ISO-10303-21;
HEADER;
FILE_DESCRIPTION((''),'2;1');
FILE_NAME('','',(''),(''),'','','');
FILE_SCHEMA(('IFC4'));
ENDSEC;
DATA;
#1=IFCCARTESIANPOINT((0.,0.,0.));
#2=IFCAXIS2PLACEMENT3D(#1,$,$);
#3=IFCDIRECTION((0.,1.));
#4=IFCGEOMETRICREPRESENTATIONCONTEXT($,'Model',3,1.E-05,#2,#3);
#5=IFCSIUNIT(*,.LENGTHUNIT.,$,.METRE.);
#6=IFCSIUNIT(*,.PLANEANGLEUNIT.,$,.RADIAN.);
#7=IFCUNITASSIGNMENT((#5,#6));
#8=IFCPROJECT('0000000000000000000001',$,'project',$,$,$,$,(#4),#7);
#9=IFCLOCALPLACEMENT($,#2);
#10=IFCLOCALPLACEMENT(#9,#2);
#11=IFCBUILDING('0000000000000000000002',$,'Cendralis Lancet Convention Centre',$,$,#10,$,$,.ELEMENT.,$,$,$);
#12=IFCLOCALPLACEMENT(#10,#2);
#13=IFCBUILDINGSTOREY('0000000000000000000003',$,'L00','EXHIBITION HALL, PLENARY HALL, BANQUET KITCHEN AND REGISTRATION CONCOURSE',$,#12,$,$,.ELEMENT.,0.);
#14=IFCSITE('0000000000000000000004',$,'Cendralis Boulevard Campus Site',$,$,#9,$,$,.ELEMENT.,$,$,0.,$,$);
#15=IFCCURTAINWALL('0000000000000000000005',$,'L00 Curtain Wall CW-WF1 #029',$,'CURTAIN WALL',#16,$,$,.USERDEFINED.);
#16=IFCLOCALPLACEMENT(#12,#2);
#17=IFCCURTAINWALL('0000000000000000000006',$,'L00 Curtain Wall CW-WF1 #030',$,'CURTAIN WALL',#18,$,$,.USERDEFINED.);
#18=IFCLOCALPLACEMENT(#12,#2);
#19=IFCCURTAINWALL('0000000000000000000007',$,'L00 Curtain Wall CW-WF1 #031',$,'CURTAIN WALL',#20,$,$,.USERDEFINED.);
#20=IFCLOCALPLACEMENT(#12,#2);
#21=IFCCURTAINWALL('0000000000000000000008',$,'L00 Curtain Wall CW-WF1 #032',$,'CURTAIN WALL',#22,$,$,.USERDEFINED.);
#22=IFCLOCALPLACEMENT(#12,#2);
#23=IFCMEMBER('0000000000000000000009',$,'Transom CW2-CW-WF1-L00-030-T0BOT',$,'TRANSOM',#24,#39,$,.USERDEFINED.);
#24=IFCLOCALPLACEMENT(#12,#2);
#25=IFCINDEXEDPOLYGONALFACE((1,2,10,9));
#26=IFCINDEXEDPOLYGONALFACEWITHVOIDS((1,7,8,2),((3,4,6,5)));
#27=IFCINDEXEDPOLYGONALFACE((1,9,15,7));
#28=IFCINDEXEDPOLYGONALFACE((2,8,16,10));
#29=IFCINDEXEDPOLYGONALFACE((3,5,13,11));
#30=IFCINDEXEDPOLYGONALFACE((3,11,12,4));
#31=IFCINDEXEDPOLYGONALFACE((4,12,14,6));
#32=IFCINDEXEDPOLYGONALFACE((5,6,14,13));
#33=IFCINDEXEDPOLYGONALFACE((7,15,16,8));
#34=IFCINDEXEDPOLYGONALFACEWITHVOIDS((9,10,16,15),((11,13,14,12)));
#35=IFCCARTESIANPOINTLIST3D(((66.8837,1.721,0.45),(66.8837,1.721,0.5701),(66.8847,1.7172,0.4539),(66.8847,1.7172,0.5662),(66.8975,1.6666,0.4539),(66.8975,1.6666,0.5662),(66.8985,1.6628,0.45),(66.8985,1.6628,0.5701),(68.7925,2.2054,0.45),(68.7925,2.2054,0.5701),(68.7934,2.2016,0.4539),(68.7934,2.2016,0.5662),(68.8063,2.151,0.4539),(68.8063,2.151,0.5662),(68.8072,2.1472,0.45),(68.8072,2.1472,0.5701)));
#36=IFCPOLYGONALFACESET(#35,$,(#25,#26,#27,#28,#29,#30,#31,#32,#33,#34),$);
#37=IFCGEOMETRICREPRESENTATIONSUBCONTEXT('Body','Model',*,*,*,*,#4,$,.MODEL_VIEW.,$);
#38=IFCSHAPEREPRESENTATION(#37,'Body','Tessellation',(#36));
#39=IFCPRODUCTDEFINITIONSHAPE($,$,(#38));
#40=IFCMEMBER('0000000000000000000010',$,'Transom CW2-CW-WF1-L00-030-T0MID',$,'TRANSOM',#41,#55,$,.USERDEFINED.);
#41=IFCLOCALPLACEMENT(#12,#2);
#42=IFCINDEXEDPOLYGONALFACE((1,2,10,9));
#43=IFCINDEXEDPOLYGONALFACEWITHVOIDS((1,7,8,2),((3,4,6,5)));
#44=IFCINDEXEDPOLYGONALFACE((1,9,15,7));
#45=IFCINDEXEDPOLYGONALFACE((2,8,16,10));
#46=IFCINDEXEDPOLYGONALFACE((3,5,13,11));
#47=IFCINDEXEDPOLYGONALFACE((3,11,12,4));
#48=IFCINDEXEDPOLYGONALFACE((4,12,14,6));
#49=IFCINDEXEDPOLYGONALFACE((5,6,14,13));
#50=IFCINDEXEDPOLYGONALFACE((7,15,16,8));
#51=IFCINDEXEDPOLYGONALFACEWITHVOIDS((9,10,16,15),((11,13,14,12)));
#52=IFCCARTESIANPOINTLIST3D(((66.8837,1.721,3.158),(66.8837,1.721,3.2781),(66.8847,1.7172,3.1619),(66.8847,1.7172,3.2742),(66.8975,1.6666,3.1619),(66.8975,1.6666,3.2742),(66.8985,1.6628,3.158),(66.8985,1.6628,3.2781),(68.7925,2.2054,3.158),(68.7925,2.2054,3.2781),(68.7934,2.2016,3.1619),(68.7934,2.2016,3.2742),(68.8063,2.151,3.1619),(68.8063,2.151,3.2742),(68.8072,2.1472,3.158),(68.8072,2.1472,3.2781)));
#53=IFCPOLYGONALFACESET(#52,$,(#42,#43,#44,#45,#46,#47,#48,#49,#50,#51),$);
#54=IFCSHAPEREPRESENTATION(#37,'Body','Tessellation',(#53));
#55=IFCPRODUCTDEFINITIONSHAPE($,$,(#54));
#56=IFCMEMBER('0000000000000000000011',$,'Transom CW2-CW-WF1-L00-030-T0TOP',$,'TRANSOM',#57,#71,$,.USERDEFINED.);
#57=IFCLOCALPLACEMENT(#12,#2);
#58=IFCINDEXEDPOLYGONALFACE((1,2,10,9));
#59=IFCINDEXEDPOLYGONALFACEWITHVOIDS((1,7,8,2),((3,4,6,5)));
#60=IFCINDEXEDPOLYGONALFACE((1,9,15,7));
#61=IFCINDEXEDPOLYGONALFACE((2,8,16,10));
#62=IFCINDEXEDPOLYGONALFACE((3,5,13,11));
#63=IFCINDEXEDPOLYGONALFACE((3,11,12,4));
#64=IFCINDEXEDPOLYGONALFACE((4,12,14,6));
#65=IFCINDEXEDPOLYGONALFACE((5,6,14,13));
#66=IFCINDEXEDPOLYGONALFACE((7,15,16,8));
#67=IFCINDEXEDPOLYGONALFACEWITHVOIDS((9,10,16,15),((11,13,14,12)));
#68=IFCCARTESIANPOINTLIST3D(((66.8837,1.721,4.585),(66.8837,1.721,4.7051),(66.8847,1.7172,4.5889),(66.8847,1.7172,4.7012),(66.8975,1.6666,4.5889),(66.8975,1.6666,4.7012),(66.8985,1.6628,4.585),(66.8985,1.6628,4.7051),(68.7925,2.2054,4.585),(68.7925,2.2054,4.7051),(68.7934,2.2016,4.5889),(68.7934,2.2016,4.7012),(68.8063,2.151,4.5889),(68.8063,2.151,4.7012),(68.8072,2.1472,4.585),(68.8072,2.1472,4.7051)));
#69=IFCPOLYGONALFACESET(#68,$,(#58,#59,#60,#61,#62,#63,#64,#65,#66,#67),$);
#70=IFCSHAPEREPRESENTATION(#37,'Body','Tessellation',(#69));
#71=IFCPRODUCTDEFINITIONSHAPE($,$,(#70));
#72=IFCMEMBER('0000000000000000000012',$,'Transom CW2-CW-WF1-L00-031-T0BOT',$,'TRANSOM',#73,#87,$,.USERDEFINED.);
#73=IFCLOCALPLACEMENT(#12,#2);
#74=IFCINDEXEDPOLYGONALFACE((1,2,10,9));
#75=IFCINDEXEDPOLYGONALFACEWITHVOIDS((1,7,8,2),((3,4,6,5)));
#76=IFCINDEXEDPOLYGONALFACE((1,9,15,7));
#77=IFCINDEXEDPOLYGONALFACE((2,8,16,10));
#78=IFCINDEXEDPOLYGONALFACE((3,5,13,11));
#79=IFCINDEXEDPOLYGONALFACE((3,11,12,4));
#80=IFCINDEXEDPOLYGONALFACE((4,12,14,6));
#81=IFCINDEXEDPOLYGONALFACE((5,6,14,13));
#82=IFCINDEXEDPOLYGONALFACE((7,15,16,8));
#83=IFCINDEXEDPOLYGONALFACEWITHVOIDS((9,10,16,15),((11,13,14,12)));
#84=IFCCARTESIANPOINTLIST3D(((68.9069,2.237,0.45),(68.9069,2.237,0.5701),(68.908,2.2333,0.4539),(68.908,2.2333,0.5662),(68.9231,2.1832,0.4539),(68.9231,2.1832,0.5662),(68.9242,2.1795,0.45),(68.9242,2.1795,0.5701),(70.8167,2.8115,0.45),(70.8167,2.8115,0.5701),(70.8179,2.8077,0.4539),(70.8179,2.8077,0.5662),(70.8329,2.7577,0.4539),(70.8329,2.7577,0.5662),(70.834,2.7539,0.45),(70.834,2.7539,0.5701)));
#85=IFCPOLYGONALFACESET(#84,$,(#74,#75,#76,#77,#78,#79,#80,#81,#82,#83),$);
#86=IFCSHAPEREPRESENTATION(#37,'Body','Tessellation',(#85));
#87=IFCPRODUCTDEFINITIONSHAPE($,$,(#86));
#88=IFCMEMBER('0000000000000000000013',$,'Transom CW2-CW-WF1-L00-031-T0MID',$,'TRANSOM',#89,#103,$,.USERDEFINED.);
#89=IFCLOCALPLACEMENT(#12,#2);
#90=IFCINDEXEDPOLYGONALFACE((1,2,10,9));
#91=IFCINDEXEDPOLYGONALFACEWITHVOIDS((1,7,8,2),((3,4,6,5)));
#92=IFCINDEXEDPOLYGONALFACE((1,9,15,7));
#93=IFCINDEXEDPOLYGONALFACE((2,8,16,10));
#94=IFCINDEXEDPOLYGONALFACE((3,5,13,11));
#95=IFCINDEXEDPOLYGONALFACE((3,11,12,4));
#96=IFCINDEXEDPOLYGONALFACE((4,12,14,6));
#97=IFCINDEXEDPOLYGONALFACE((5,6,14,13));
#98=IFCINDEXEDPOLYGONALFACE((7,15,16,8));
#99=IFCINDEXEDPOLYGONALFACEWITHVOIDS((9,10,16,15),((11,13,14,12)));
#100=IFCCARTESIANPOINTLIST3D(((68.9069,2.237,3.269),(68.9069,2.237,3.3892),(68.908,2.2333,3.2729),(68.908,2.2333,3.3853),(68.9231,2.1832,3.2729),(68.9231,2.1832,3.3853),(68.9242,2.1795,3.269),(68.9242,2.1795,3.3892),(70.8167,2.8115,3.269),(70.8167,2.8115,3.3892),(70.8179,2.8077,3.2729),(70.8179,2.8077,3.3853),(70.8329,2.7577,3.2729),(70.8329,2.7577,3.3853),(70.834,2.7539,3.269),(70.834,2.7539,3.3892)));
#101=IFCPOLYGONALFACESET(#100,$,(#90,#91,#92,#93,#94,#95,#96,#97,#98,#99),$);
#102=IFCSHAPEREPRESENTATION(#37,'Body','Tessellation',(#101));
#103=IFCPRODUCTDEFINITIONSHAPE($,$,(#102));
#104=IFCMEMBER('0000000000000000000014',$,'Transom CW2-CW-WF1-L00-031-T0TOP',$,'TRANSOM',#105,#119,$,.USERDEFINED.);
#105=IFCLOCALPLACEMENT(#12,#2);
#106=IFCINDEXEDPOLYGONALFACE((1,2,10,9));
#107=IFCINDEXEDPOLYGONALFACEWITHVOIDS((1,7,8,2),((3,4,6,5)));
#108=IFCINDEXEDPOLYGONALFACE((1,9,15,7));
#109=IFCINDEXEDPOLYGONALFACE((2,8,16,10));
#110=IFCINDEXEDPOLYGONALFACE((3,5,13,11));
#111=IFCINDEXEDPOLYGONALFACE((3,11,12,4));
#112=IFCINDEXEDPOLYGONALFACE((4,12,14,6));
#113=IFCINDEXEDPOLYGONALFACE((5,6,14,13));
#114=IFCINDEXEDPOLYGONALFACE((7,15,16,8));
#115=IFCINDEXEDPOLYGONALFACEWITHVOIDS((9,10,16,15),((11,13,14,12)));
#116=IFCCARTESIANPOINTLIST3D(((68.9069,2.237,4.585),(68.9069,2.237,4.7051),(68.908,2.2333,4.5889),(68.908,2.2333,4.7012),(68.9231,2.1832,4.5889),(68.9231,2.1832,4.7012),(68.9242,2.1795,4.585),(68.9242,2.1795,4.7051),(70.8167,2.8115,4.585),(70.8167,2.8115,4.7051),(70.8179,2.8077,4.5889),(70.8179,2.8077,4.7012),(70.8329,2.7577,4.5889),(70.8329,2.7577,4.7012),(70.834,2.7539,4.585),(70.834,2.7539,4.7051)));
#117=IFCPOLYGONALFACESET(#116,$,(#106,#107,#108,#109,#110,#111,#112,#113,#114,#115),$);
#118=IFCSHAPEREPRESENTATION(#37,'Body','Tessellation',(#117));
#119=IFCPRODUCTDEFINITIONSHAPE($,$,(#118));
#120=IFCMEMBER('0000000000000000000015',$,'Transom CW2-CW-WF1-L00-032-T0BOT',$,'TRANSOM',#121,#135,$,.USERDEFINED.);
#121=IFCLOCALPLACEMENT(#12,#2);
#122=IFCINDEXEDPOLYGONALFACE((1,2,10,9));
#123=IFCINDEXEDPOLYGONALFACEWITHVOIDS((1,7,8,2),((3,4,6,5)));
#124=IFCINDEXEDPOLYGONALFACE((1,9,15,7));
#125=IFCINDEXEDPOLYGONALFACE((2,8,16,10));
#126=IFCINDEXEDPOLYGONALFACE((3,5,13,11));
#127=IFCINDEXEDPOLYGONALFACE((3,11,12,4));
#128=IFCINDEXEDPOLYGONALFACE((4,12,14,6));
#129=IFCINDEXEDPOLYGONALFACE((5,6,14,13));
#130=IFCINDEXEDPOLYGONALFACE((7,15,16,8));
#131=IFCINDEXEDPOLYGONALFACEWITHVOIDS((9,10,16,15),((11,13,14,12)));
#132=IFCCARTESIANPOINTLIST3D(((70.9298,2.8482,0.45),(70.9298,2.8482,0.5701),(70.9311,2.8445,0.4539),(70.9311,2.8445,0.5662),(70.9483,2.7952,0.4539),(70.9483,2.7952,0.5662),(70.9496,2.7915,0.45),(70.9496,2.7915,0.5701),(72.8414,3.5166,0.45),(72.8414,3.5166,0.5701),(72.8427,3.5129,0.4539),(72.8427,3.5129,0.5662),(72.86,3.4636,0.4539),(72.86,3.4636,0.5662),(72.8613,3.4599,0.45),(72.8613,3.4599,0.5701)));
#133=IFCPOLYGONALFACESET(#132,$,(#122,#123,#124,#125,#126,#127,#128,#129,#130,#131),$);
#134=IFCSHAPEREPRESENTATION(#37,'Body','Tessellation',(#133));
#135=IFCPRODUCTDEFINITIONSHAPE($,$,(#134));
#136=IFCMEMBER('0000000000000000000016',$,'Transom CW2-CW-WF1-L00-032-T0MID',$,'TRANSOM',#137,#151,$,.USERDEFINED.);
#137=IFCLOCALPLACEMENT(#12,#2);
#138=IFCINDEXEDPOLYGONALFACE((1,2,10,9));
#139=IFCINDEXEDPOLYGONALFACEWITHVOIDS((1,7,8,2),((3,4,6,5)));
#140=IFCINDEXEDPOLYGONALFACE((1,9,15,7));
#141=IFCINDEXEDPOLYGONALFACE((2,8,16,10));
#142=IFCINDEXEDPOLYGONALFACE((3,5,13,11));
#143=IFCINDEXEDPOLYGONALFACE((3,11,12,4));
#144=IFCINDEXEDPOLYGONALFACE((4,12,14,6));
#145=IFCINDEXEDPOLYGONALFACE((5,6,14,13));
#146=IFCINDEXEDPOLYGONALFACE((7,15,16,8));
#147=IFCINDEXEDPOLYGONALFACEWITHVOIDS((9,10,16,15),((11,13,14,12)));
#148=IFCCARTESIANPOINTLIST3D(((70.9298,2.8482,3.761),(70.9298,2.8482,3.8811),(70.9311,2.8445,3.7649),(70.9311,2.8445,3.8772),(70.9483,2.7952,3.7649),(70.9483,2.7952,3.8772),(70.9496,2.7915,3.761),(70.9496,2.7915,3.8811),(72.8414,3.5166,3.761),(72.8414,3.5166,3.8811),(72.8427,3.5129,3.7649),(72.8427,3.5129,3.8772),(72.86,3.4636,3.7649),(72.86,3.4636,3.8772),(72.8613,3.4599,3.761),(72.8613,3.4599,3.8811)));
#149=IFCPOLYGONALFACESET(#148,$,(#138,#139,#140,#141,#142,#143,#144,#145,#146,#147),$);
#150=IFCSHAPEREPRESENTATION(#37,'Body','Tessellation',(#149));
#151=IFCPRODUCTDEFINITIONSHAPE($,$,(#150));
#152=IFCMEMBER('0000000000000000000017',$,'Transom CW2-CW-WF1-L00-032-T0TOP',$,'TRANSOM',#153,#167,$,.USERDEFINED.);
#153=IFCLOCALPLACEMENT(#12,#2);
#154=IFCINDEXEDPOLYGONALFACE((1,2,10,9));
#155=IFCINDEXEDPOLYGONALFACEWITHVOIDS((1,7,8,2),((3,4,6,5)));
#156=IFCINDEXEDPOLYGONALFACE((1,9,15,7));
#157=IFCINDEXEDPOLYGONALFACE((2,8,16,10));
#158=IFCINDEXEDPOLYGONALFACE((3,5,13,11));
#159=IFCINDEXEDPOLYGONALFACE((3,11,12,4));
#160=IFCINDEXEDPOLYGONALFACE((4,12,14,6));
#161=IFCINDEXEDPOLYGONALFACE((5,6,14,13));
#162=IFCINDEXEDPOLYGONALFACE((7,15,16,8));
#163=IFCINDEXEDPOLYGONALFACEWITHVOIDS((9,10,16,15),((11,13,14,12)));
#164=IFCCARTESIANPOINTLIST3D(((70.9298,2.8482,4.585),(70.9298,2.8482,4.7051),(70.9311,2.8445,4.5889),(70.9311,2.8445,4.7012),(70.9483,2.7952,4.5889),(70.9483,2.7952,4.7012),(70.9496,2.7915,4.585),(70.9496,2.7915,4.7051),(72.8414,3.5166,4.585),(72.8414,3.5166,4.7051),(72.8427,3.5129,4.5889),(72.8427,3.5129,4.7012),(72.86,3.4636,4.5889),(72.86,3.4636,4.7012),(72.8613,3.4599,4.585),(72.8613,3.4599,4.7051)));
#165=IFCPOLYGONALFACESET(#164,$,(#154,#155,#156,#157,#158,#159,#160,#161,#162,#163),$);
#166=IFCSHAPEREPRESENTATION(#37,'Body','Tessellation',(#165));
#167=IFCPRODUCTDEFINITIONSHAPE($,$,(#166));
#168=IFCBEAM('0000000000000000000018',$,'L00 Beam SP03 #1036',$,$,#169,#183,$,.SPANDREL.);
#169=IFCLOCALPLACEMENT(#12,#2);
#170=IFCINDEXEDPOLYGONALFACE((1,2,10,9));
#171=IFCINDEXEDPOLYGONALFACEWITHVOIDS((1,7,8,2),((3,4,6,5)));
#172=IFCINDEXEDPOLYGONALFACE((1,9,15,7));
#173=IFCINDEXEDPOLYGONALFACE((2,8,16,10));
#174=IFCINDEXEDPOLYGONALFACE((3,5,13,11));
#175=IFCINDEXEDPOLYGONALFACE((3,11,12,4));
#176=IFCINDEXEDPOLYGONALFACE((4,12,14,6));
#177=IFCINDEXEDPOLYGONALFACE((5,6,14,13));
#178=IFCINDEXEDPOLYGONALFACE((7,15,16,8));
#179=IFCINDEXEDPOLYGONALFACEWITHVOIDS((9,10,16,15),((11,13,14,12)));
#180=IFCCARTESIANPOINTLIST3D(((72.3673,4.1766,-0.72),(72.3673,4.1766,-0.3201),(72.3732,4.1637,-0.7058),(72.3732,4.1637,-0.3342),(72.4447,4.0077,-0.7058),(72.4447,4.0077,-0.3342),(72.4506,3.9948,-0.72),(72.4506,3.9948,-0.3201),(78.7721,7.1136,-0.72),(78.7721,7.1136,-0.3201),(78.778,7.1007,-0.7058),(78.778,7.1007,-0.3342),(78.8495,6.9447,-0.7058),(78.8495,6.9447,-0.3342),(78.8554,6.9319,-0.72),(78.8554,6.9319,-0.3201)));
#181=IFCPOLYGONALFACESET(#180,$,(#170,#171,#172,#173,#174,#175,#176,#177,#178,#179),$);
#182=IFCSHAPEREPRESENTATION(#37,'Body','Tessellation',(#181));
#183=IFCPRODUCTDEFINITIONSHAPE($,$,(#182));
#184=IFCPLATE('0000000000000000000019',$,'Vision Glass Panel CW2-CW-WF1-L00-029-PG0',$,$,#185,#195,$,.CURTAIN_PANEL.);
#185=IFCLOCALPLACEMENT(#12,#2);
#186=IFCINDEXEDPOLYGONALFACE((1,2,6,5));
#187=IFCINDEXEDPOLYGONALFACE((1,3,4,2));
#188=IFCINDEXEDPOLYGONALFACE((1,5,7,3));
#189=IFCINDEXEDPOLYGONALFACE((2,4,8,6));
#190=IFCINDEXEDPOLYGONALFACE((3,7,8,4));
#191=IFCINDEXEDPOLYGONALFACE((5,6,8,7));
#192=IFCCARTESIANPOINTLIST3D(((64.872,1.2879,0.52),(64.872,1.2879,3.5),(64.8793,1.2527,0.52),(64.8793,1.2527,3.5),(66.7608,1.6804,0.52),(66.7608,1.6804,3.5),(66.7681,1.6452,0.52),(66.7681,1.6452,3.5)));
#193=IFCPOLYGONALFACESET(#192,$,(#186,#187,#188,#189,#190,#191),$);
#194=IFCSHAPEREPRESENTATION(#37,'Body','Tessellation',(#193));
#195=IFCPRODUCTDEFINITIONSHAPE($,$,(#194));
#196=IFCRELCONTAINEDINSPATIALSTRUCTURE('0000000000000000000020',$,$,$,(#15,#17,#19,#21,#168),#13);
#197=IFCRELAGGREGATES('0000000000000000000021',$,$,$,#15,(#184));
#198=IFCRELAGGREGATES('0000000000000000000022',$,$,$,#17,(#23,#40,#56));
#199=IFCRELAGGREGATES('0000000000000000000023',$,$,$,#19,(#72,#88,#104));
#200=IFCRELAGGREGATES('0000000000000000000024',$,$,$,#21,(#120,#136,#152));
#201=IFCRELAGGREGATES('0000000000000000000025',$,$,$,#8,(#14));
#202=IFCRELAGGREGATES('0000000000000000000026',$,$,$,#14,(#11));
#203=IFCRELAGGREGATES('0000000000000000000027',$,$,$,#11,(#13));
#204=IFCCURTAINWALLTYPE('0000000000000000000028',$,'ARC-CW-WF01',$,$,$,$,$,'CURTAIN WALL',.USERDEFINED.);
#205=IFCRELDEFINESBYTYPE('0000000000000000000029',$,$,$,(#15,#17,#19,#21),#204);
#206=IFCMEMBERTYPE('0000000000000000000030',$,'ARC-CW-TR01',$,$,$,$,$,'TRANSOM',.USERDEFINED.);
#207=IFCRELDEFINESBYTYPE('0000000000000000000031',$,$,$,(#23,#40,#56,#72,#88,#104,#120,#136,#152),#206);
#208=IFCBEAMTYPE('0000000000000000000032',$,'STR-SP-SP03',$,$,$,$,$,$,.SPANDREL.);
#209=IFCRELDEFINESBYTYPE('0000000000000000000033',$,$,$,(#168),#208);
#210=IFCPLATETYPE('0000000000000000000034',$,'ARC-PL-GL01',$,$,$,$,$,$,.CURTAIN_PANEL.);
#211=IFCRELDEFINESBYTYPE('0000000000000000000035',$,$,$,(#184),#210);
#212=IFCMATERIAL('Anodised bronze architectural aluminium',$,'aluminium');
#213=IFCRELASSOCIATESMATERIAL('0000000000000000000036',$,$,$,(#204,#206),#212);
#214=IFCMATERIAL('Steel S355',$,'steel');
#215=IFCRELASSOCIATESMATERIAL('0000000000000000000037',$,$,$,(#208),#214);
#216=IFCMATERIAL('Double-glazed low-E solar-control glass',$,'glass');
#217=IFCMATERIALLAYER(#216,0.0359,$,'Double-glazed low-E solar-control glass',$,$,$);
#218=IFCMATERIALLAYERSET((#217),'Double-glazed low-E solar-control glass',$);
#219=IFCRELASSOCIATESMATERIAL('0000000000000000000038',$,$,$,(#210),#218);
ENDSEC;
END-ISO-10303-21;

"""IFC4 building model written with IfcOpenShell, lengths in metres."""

from ifc_helpers import new_model, si_unit, direction, frame, origin, origin_2d, place, context, subcontext, project, spatial, rectangle, hollow_rectangle, extrude, material, layer, layer_set, material_profile, profile_set, type_object, element, aggregate, save


model = new_model("IFC4")

# Units and contexts
model_context = context("Model", 3, precision=1e-05, world=origin(), true_north=direction((0.0, 1.0)))
body_context = subcontext(model_context, "Body", "Model", "MODEL_VIEW")
ifc_project = project(units=[si_unit("LENGTHUNIT", "METRE"), si_unit("PLANEANGLEUNIT", "RADIAN")], contexts=[model_context])

# Site, building, storey
site_placement = place(None, origin())
site = spatial("IfcSite", under=ifc_project, at=site_placement, Name="Cendralis Boulevard Campus Site", CompositionType="ELEMENT", RefElevation=0.0)
building_placement = place(site_placement, origin())
building = spatial("IfcBuilding", under=site, at=building_placement, Name="Cendralis Lancet Convention Centre", CompositionType="ELEMENT")
storey_placement = place(building_placement, origin())
storey = spatial("IfcBuildingStorey", under=building, at=storey_placement, Name="L00", Description="EXHIBITION HALL, PLENARY HALL, BANQUET KITCHEN AND REGISTRATION CONCOURSE", CompositionType="ELEMENT", Elevation=0.0)

# Curtain wall
ifc_material_1 = material(Name="Anodised bronze architectural aluminium", Category="aluminium")
curtain_wall_type = type_object("IfcCurtainWallType", Name="ARC-CW-WF01", ElementType="CURTAIN WALL", PredefinedType="USERDEFINED", material=ifc_material_1)
curtain_wall_1_placement = place(storey_placement, origin())
curtain_wall_1 = element("IfcCurtainWall", 1, at=curtain_wall_1_placement, inside=storey, type_object=curtain_wall_type, Name="L00 Curtain Wall CW-WF1 #029", ObjectType="CURTAIN WALL", PredefinedType="USERDEFINED")

# Curtain walls
curtain_wall_2_placement = place(storey_placement, origin())
curtain_wall_2 = element("IfcCurtainWall", 2, at=curtain_wall_2_placement, inside=storey, type_object=curtain_wall_type, Name="L00 Curtain Wall CW-WF1 #030", ObjectType="CURTAIN WALL", PredefinedType="USERDEFINED")
curtain_wall_3_placement = place(storey_placement, origin())
curtain_wall_3 = element("IfcCurtainWall", 3, at=curtain_wall_3_placement, inside=storey, type_object=curtain_wall_type, Name="L00 Curtain Wall CW-WF1 #031", ObjectType="CURTAIN WALL", PredefinedType="USERDEFINED")
curtain_wall_4_placement = place(storey_placement, origin())
curtain_wall_4 = element("IfcCurtainWall", 4, at=curtain_wall_4_placement, inside=storey, type_object=curtain_wall_type, Name="L00 Curtain Wall CW-WF1 #032", ObjectType="CURTAIN WALL", PredefinedType="USERDEFINED")

# Members
ifc_material_profile_1 = material_profile(ifc_material_1, hollow_rectangle(XDim=0.0601, YDim=0.1201, WallThickness=0.0039, at=origin_2d()), Name="AL-TRAN 60x120x4.0")
ifc_profile_set_1 = profile_set([ifc_material_profile_1], Name="Anodised bronze architectural aluminium")
member_type_1 = type_object("IfcMemberType", Name="ARC-CW-TR01", ElementType="TRANSOM", PredefinedType="USERDEFINED", material=ifc_profile_set_1)
member_1_placement = place(storey_placement, frame((66.8911, 1.6919, 0.51), z_axis=(0.969276, 0.245976, 0.0), x_axis=(-0.245976, 0.969276, 0.0)))
member_1 = element("IfcMember", 5, at=member_1_placement, type_object=member_type_1, Name="Transom CW2-CW-WF1-L00-030-T0BOT", ObjectType="TRANSOM", PredefinedType="USERDEFINED", context=body_context, shape_type="SweptSolid", body=[
    extrude(hollow_rectangle(XDim=0.0601, YDim=0.1201, WallThickness=0.0039, at=origin_2d()), origin(), (0.0, 0.0, 1.0), 1.9692),
])
member_2_placement = place(storey_placement, frame((66.8911, 1.6919, 3.218), z_axis=(0.969276, 0.245976, 0.0), x_axis=(-0.245976, 0.969276, 0.0)))
member_2 = element("IfcMember", 6, at=member_2_placement, type_object=member_type_1, Name="Transom CW2-CW-WF1-L00-030-T0MID", ObjectType="TRANSOM", PredefinedType="USERDEFINED", context=body_context, shape_type="SweptSolid", body=[
    extrude(hollow_rectangle(XDim=0.0601, YDim=0.1201, WallThickness=0.0039, at=origin_2d()), origin(), (0.0, 0.0, 1.0), 1.9692),
])
member_3_placement = place(storey_placement, frame((66.8911, 1.6919, 4.645), z_axis=(0.969276, 0.245976, 0.0), x_axis=(-0.245976, 0.969276, 0.0)))
member_3 = element("IfcMember", 7, at=member_3_placement, type_object=member_type_1, Name="Transom CW2-CW-WF1-L00-030-T0TOP", ObjectType="TRANSOM", PredefinedType="USERDEFINED", context=body_context, shape_type="SweptSolid", body=[
    extrude(hollow_rectangle(XDim=0.0601, YDim=0.1201, WallThickness=0.0039, at=origin_2d()), origin(), (0.0, 0.0, 1.0), 1.9692),
])
member_4_placement = place(storey_placement, frame((68.9155, 2.2083, 0.51), z_axis=(0.957621, 0.288033, 0.0), x_axis=(-0.288033, 0.957621, 0.0)))
member_4 = element("IfcMember", 8, at=member_4_placement, type_object=member_type_1, Name="Transom CW2-CW-WF1-L00-031-T0BOT", ObjectType="TRANSOM", PredefinedType="USERDEFINED", context=body_context, shape_type="SweptSolid", body=[
    extrude(hollow_rectangle(XDim=0.0601, YDim=0.1201, WallThickness=0.0039, at=origin_2d()), origin(), (0.0, 0.0, 1.0), 1.9944),
])
member_5_placement = place(storey_placement, frame((68.9155, 2.2083, 3.3291), z_axis=(0.957621, 0.288033, 0.0), x_axis=(-0.288033, 0.957621, 0.0)))
member_5 = element("IfcMember", 9, at=member_5_placement, type_object=member_type_1, Name="Transom CW2-CW-WF1-L00-031-T0MID", ObjectType="TRANSOM", PredefinedType="USERDEFINED", context=body_context, shape_type="SweptSolid", body=[
    extrude(hollow_rectangle(XDim=0.0601, YDim=0.1201, WallThickness=0.0039, at=origin_2d()), origin(), (0.0, 0.0, 1.0), 1.9944),
])
member_6_placement = place(storey_placement, frame((68.9155, 2.2083, 4.645), z_axis=(0.957621, 0.288033, 0.0), x_axis=(-0.288033, 0.957621, 0.0)))
member_6 = element("IfcMember", 10, at=member_6_placement, type_object=member_type_1, Name="Transom CW2-CW-WF1-L00-031-T0TOP", ObjectType="TRANSOM", PredefinedType="USERDEFINED", context=body_context, shape_type="SweptSolid", body=[
    extrude(hollow_rectangle(XDim=0.0601, YDim=0.1201, WallThickness=0.0039, at=origin_2d()), origin(), (0.0, 0.0, 1.0), 1.9944),
])
member_7_placement = place(storey_placement, frame((70.9397, 2.8198, 0.51), z_axis=(0.943952, 0.330082, 0.0), x_axis=(-0.330082, 0.943952, 0.0)))
member_7 = element("IfcMember", 11, at=member_7_placement, type_object=member_type_1, Name="Transom CW2-CW-WF1-L00-032-T0BOT", ObjectType="TRANSOM", PredefinedType="USERDEFINED", context=body_context, shape_type="SweptSolid", body=[
    extrude(hollow_rectangle(XDim=0.0601, YDim=0.1201, WallThickness=0.0039, at=origin_2d()), origin(), (0.0, 0.0, 1.0), 2.0251),
])
member_8_placement = place(storey_placement, frame((70.9397, 2.8198, 3.821), z_axis=(0.943952, 0.330082, 0.0), x_axis=(-0.330082, 0.943952, 0.0)))
member_8 = element("IfcMember", 12, at=member_8_placement, type_object=member_type_1, Name="Transom CW2-CW-WF1-L00-032-T0MID", ObjectType="TRANSOM", PredefinedType="USERDEFINED", context=body_context, shape_type="SweptSolid", body=[
    extrude(hollow_rectangle(XDim=0.0601, YDim=0.1201, WallThickness=0.0039, at=origin_2d()), origin(), (0.0, 0.0, 1.0), 2.0251),
])
member_9_placement = place(storey_placement, frame((70.9397, 2.8198, 4.645), z_axis=(0.943952, 0.330082, 0.0), x_axis=(-0.330082, 0.943952, 0.0)))
member_9 = element("IfcMember", 13, at=member_9_placement, type_object=member_type_1, Name="Transom CW2-CW-WF1-L00-032-T0TOP", ObjectType="TRANSOM", PredefinedType="USERDEFINED", context=body_context, shape_type="SweptSolid", body=[
    extrude(hollow_rectangle(XDim=0.0601, YDim=0.1201, WallThickness=0.0039, at=origin_2d()), origin(), (0.0, 0.0, 1.0), 2.0251),
])

# Beam
ifc_material_2 = material(Name="Steel S355", Category="steel")
ifc_material_profile_2 = material_profile(ifc_material_2, hollow_rectangle(XDim=0.2, YDim=0.3999, WallThickness=0.0142, at=origin_2d()), Name="RHS 400x200x14.2")
ifc_profile_set_2 = profile_set([ifc_material_profile_2], Name="Steel S355")
beam_type = type_object("IfcBeamType", Name="STR-SP-SP03", PredefinedType="SPANDREL", material=ifc_profile_set_2)
beam_placement = place(storey_placement, frame((72.4089, 4.0857, -0.52), z_axis=(0.908985, 0.416829, 0.0), x_axis=(-0.416829, 0.908985, 0.0)))
element("IfcBeam", 14, at=beam_placement, inside=storey, type_object=beam_type, Name="L00 Beam SP03 #1036", PredefinedType="SPANDREL", context=body_context, shape_type="SweptSolid", body=[
    extrude(hollow_rectangle(XDim=0.2, YDim=0.3999, WallThickness=0.0142, at=origin_2d()), origin(), (0.0, 0.0, 1.0), 7.0461),
])

# Plate
ifc_material_3 = material(Name="Double-glazed low-E solar-control glass", Category="glass")
ifc_layer_1 = layer(ifc_material_3, 0.0359, Name="Double-glazed low-E solar-control glass")
ifc_layer_set_1 = layer_set([ifc_layer_1], Name="Double-glazed low-E solar-control glass")
plate_type_1 = type_object("IfcPlateType", Name="ARC-PL-GL01", PredefinedType="CURTAIN_PANEL", material=ifc_layer_set_1)
plate_1_placement = place(storey_placement, frame((65.8201, 1.4666, 0.52), z_axis=(0.0, 0.0, 1.0), x_axis=(0.979085, 0.203452, 0.0)))
plate_1 = element("IfcPlate", 15, at=plate_1_placement, type_object=plate_type_1, Name="Vision Glass Panel CW2-CW-WF1-L00-029-PG0", PredefinedType="CURTAIN_PANEL", context=body_context, shape_type="SweptSolid", body=[
    extrude(rectangle(XDim=1.9292, YDim=0.0359, at=origin_2d()), origin(), (0.0, 0.0, 1.0), 2.98),
])
aggregate(curtain_wall_1, [plate_1])
aggregate(curtain_wall_2, [member_1, member_2, member_3])
aggregate(curtain_wall_3, [member_4, member_5, member_6])
aggregate(curtain_wall_4, [member_7, member_8, member_9])

save(model, "model.ifc")
